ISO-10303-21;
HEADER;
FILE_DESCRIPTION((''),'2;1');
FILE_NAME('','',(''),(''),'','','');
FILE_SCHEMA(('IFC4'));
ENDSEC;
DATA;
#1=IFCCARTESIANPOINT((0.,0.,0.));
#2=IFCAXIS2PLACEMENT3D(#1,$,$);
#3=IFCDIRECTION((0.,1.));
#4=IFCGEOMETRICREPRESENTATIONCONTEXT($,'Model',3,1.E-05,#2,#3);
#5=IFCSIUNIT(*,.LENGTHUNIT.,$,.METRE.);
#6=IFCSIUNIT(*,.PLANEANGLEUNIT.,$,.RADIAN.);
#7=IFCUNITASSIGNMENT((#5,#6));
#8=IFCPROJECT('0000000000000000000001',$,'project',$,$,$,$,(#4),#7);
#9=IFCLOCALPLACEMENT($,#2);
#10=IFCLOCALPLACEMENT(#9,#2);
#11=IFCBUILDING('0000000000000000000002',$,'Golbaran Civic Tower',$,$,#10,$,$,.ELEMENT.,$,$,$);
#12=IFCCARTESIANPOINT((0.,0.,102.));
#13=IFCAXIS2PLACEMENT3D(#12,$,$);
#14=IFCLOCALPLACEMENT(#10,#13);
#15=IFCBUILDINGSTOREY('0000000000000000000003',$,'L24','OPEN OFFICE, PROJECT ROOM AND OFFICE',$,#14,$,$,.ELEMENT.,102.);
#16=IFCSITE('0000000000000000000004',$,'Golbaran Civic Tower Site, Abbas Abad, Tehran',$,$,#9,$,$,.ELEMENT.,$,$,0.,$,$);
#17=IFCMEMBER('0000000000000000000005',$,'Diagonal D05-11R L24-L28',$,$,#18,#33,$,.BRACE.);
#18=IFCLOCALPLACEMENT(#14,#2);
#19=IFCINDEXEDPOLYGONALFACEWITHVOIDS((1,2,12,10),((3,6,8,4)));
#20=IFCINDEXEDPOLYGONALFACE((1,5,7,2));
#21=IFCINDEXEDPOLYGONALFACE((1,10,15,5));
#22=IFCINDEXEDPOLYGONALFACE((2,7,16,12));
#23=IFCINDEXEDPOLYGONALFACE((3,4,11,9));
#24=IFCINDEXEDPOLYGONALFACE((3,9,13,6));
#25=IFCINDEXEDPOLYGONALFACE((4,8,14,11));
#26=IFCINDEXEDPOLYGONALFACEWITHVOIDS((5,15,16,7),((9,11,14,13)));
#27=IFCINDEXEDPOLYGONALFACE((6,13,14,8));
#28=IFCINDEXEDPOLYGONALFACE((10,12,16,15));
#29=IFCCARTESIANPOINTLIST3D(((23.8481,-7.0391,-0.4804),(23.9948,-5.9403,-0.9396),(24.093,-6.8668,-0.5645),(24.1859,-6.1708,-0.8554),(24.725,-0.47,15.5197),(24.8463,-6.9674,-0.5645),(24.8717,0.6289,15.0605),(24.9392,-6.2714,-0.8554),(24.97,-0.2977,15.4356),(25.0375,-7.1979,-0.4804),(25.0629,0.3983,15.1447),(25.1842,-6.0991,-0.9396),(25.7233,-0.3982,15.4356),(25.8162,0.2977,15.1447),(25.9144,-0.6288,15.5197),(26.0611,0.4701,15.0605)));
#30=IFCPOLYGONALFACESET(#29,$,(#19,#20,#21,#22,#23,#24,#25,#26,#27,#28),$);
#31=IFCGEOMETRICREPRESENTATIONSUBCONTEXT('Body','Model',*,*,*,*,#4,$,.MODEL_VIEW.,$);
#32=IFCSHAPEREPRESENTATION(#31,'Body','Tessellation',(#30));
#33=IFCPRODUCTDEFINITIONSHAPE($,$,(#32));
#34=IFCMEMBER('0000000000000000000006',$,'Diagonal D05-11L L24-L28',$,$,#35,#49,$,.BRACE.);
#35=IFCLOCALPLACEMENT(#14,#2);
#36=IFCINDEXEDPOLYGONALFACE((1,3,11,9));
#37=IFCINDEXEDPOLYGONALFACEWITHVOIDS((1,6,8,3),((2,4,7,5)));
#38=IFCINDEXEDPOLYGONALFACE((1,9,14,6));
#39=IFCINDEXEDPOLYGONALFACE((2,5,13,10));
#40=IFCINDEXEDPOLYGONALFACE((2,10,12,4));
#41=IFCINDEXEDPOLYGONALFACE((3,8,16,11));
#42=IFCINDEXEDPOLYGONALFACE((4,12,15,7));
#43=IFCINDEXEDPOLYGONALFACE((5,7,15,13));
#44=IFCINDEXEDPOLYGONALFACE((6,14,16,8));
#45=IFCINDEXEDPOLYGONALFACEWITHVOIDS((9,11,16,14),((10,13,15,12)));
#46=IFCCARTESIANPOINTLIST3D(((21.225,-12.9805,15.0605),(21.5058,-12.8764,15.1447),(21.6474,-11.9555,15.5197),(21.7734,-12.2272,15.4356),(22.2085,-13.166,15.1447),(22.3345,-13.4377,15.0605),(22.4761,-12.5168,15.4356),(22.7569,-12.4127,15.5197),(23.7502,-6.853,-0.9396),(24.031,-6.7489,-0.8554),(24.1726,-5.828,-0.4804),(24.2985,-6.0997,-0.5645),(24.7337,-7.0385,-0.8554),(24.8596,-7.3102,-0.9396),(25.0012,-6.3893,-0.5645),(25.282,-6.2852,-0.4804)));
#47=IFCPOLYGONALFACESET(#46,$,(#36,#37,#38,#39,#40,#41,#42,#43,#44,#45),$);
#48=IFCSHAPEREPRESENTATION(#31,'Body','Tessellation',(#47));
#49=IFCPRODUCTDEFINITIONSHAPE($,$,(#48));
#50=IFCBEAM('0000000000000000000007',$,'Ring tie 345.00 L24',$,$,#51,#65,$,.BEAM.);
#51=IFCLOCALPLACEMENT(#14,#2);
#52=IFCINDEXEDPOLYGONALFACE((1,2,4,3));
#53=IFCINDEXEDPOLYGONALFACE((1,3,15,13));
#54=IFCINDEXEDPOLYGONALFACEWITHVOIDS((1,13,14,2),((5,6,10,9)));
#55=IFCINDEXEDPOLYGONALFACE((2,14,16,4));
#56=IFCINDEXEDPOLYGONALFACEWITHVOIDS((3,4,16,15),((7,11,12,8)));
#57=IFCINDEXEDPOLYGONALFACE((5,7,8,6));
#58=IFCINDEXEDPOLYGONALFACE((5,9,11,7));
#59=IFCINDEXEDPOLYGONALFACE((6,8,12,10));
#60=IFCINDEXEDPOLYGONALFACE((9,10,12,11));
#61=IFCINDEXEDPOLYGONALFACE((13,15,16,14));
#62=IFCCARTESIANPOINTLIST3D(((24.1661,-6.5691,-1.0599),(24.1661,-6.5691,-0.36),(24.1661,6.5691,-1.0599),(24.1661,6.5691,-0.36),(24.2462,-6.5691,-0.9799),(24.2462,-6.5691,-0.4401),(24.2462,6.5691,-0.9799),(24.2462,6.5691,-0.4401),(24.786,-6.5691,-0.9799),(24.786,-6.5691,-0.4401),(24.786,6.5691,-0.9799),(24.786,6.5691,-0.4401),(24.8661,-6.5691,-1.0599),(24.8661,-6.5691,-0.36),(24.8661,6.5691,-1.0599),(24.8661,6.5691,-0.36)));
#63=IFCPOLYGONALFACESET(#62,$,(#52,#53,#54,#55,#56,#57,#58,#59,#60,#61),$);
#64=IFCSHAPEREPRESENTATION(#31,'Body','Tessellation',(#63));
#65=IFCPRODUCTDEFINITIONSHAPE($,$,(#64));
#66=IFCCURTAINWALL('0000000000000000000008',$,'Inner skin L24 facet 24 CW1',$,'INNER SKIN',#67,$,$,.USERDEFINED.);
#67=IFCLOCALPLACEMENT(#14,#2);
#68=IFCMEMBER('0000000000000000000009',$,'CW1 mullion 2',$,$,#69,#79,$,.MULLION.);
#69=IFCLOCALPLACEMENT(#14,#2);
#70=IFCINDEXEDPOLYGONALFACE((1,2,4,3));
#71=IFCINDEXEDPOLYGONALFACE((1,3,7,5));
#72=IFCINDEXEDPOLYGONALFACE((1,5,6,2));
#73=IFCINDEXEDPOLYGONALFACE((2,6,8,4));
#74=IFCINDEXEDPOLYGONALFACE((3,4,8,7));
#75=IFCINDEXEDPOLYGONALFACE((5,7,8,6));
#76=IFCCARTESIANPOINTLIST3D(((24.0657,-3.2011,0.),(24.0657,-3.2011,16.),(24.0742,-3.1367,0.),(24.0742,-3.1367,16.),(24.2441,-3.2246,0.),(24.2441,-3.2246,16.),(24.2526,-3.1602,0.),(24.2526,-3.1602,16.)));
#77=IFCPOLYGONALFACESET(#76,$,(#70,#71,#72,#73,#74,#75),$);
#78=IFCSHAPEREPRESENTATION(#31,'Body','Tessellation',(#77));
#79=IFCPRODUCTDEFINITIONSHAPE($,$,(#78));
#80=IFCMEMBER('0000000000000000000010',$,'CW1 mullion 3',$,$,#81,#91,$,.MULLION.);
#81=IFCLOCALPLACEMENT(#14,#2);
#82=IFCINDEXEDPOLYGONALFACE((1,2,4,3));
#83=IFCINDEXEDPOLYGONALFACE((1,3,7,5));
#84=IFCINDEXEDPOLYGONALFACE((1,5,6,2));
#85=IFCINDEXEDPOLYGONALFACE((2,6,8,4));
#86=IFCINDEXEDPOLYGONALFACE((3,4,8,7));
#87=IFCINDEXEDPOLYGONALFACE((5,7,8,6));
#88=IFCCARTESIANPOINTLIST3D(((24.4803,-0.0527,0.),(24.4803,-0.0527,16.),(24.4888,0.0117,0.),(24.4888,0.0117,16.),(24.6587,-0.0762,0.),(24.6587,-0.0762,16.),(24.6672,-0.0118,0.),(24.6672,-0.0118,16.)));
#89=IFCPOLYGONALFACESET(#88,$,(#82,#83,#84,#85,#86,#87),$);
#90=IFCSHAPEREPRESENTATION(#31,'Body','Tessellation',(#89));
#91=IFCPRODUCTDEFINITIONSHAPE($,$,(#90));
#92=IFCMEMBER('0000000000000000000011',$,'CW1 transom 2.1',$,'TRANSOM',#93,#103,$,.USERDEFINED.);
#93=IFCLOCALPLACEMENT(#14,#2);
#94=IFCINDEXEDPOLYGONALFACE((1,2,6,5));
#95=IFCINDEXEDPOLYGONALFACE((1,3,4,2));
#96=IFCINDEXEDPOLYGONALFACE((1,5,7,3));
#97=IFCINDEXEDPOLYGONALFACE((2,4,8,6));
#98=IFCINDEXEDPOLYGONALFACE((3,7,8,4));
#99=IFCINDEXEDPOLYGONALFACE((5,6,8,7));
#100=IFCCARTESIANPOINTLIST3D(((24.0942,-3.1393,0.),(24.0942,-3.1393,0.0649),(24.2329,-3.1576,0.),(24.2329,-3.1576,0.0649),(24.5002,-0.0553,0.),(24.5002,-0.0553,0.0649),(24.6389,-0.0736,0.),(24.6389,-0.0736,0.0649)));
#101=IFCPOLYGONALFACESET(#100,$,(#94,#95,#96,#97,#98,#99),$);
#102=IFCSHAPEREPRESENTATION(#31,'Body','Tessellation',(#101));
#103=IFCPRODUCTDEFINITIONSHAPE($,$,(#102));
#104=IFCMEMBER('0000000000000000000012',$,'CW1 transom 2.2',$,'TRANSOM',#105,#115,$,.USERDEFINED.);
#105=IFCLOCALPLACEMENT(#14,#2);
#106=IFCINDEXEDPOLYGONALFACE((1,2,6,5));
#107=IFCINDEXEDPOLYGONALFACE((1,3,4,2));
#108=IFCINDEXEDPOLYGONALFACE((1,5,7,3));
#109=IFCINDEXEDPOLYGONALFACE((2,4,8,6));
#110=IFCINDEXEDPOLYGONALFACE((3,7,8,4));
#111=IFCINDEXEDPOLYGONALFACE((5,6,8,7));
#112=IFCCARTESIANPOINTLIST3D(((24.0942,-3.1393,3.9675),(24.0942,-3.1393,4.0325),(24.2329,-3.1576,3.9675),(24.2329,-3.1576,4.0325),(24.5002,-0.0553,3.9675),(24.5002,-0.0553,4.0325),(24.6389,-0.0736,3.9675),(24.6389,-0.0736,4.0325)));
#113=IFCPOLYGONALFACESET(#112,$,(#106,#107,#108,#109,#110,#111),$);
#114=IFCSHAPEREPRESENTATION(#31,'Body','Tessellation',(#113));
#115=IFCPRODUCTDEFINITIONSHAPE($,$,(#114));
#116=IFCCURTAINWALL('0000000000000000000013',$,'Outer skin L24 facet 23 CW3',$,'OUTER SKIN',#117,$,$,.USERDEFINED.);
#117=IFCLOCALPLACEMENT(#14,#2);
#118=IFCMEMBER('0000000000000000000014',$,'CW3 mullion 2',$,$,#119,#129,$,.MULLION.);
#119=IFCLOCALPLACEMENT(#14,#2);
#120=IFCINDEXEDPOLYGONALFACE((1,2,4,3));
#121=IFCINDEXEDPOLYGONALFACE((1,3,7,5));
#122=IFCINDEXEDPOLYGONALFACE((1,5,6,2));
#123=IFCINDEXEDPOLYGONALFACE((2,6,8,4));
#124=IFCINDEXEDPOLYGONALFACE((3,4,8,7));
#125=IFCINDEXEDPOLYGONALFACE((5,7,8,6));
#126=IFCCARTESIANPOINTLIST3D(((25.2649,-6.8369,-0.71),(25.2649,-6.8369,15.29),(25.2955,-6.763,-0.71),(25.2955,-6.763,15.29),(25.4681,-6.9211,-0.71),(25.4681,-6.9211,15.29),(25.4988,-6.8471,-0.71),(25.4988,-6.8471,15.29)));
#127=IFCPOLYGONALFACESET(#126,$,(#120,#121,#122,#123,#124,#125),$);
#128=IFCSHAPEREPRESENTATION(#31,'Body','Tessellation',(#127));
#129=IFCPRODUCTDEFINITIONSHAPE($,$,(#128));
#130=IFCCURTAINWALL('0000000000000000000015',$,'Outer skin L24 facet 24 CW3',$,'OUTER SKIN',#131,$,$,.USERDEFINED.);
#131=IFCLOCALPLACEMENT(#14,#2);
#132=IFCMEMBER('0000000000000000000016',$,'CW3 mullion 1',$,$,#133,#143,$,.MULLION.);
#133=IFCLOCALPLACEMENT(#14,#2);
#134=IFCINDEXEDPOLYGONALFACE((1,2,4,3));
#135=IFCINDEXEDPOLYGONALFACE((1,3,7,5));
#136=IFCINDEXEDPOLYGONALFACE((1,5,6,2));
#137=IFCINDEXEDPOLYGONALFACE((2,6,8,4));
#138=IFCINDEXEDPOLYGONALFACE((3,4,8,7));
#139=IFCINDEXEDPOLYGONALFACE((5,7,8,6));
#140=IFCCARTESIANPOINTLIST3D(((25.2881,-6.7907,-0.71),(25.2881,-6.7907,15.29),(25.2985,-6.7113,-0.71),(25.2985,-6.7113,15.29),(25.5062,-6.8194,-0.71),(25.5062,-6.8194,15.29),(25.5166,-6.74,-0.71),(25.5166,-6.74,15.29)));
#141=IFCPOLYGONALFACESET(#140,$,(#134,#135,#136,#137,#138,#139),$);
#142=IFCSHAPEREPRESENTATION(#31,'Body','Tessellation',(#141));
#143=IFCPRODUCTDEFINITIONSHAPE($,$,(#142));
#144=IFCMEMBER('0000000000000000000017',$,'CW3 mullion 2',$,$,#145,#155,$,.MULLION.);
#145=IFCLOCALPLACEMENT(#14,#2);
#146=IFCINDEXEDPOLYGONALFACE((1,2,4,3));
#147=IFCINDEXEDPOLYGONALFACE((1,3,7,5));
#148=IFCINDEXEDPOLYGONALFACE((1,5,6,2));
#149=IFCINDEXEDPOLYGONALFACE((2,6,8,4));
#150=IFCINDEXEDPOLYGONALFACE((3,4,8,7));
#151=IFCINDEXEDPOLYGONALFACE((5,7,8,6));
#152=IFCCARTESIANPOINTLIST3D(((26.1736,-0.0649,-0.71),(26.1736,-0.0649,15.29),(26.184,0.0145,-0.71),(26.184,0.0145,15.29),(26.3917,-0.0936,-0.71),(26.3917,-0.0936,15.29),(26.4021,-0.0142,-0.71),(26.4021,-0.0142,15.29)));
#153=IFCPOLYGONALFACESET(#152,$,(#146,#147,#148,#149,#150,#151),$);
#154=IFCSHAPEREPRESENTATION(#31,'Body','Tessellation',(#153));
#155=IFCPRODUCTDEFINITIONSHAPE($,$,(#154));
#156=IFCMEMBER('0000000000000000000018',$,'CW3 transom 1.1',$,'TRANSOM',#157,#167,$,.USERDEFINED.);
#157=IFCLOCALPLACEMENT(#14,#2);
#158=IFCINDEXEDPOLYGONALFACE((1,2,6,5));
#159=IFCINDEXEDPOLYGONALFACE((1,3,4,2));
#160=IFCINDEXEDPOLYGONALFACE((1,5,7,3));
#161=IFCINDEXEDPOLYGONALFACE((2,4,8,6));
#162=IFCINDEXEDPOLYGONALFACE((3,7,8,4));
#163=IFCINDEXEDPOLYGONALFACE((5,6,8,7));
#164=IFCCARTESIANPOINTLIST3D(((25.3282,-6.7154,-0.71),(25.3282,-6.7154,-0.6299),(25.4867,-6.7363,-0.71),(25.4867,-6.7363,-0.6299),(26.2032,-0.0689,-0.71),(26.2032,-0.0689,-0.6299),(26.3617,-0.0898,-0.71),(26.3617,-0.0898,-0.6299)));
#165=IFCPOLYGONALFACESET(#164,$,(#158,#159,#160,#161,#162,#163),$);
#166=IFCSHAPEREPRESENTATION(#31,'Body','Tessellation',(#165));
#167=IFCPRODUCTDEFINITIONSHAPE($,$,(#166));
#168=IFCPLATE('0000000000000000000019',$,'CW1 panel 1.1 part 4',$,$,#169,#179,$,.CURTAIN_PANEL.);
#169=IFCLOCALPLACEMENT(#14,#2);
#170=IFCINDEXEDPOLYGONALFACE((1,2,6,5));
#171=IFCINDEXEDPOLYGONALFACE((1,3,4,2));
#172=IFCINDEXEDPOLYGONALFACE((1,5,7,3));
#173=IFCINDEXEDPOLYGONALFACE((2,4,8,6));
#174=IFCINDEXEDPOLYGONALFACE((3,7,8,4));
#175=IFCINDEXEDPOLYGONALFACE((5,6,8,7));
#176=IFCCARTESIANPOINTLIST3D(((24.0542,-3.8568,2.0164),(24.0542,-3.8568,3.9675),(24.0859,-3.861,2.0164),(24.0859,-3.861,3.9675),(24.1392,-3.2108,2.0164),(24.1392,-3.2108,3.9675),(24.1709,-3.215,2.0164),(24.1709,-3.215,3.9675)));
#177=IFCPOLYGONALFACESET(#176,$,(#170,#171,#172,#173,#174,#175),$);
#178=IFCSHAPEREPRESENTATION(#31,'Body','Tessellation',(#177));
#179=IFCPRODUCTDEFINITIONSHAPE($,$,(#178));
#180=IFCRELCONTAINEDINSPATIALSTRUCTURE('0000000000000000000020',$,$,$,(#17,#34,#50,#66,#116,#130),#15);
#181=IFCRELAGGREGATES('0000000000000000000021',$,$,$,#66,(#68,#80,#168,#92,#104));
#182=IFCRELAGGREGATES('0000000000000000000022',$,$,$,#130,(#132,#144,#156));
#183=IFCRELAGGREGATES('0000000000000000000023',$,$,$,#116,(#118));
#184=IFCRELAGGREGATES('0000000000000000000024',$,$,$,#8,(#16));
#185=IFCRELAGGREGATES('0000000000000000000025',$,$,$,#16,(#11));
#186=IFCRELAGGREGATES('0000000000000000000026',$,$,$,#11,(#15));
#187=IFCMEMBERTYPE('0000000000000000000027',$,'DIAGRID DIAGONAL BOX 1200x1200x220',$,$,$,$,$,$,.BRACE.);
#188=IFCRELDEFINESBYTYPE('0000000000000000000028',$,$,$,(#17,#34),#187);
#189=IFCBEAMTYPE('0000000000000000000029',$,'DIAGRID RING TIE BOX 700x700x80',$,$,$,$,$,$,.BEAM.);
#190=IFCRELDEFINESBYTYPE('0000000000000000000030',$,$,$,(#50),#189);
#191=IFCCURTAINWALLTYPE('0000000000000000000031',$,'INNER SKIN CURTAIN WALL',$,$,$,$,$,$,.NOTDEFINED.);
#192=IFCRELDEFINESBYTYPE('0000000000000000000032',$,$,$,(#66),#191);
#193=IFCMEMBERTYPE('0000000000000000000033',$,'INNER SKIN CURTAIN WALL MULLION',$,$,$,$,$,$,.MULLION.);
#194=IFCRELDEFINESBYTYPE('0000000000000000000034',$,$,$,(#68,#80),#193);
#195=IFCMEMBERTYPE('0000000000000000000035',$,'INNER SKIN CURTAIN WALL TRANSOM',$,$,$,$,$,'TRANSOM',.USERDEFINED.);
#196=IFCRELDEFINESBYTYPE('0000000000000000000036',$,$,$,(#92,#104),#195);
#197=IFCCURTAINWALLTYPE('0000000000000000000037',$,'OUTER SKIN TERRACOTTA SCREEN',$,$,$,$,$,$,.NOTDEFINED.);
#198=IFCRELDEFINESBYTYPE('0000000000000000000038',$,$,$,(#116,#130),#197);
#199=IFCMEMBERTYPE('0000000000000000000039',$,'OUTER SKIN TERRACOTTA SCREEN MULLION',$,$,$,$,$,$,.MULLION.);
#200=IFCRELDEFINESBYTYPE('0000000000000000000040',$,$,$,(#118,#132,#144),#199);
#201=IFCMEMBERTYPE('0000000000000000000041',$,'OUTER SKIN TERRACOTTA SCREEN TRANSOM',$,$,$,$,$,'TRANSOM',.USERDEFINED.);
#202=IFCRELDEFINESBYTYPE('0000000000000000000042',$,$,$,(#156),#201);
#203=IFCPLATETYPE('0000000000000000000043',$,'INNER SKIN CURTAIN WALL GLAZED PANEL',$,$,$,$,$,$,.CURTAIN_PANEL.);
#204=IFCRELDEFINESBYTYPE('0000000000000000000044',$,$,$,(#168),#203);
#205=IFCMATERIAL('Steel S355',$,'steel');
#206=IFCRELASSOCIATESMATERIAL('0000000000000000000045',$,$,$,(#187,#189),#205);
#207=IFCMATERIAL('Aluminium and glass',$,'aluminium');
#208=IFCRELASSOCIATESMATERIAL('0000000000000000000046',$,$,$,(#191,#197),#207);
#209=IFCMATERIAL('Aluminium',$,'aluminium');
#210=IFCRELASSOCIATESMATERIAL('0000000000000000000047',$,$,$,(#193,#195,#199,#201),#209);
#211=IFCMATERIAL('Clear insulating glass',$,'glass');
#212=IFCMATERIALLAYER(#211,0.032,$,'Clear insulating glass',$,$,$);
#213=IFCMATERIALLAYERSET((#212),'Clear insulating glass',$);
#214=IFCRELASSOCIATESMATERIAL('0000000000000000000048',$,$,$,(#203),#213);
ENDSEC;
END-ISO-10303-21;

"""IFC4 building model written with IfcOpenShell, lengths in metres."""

from ifc_helpers import new_model, si_unit, direction, frame, origin, origin_2d, place, context, subcontext, project, spatial, rectangle, hollow_rectangle, extrude, material, layer, layer_set, material_profile, profile_set, type_object, element, aggregate, save


model = new_model("IFC4")

# Units and contexts
model_context = context("Model", 3, precision=1e-05, world=origin(), true_north=direction((0.0, 1.0)))
body_context = subcontext(model_context, "Body", "Model", "MODEL_VIEW")
ifc_project = project(units=[si_unit("LENGTHUNIT", "METRE"), si_unit("PLANEANGLEUNIT", "RADIAN")], contexts=[model_context])

# Site, building, storey
site_placement = place(None, origin())
site = spatial("IfcSite", under=ifc_project, at=site_placement, Name="Golbaran Civic Tower Site, Abbas Abad, Tehran", CompositionType="ELEMENT", RefElevation=0.0)
building_placement = place(site_placement, origin())
building = spatial("IfcBuilding", under=site, at=building_placement, Name="Golbaran Civic Tower", CompositionType="ELEMENT")
storey_placement = place(building_placement, frame((0.0, 0.0, 102.0)))
storey = spatial("IfcBuildingStorey", under=building, at=storey_placement, Name="L24", Description="OPEN OFFICE, PROJECT ROOM AND OFFICE", CompositionType="ELEMENT", Elevation=102.0)

# Members
ifc_material_1 = material(Name="Steel S355", Category="steel")
ifc_material_profile_1 = material_profile(ifc_material_1, hollow_rectangle(XDim=1.2, YDim=1.2, WallThickness=0.22, at=origin_2d()), Name="BOX 1200x1200x220")
ifc_profile_set_1 = profile_set([ifc_material_profile_1], Name="Steel S355")
member_type_1 = type_object("IfcMemberType", Name="DIAGRID DIAGONAL BOX 1200x1200x220", PredefinedType="BRACE", material=ifc_profile_set_1)
for number, where, z_axis, x_axis, name in (
    (1, (24.5161, -6.5691, -0.71), (0.050637, 0.379316, 0.923881), (-0.991207, 0.132323, 0.0), "Diagonal D05-11R L24-L28"),
    (2, (24.5161, -6.5691, -0.71), (-0.145808, -0.353814, 0.923881), (0.924567, -0.381018, 0.0), "Diagonal D05-11L L24-L28"),
):
    element("IfcMember", number, at=place(storey_placement, frame(where, z_axis=z_axis, x_axis=x_axis)), inside=storey, type_object=member_type_1, Name=name, PredefinedType="BRACE", context=body_context, shape_type="SweptSolid", body=[
        extrude(hollow_rectangle(XDim=1.2, YDim=1.2, WallThickness=0.22, at=origin_2d()), origin(), (0.0, 0.0, 1.0), 17.3184),
    ])

# Beam
ifc_material_profile_2 = material_profile(ifc_material_1, hollow_rectangle(XDim=0.7, YDim=0.7, WallThickness=0.0801, at=origin_2d()), Name="BOX 700x700x80")
ifc_profile_set_2 = profile_set([ifc_material_profile_2], Name="Steel S355")
beam_type = type_object("IfcBeamType", Name="DIAGRID RING TIE BOX 700x700x80", PredefinedType="BEAM", material=ifc_profile_set_2)
beam_placement = place(storey_placement, frame((24.5161, -6.5691, -0.71), z_axis=(0.0, 1.0, 0.0), x_axis=(-1.0, 0.0, 0.0)))
element("IfcBeam", 3, at=beam_placement, inside=storey, type_object=beam_type, Name="Ring tie 345.00 L24", PredefinedType="BEAM", context=body_context, shape_type="SweptSolid", body=[
    extrude(hollow_rectangle(XDim=0.7, YDim=0.7, WallThickness=0.0801, at=origin_2d()), origin(), (0.0, 0.0, 1.0), 13.1382),
])

# Curtain wall, members
ifc_material_2 = material(Name="Aluminium and glass", Category="aluminium")
curtain_wall_type_1 = type_object("IfcCurtainWallType", Name="INNER SKIN CURTAIN WALL", PredefinedType="NOTDEFINED", material=ifc_material_2)
curtain_wall_1_placement = place(storey_placement, origin())
curtain_wall_1 = element("IfcCurtainWall", 4, at=curtain_wall_1_placement, inside=storey, type_object=curtain_wall_type_1, Name="Inner skin L24 facet 24 CW1", ObjectType="INNER SKIN", PredefinedType="USERDEFINED")
ifc_material_3 = material(Name="Aluminium", Category="aluminium")
ifc_material_profile_3 = material_profile(ifc_material_3, rectangle(XDim=0.1799, YDim=0.0649, at=origin_2d()), Name="INNER SKIN CURTAIN WALL MULLION")
ifc_profile_set_3 = profile_set([ifc_material_profile_3], Name="Aluminium")
member_type_2 = type_object("IfcMemberType", Name="INNER SKIN CURTAIN WALL MULLION", PredefinedType="MULLION", material=ifc_profile_set_3)
member_1_placement = place(storey_placement, frame((24.1592, -3.1807, 0.0), z_axis=(0.0, 0.0, 1.0), x_axis=(-0.991445, 0.130526, 0.0)))
member_1 = element("IfcMember", 5, at=member_1_placement, type_object=member_type_2, Name="CW1 mullion 2", PredefinedType="MULLION", context=body_context, shape_type="SweptSolid", body=[
    extrude(rectangle(XDim=0.1799, YDim=0.0649, at=origin_2d()), origin(), (0.0, 0.0, 1.0), 16.0),
])
member_2_placement = place(storey_placement, frame((24.5737, -0.0322, 0.0), z_axis=(0.0, 0.0, 1.0), x_axis=(-0.991445, 0.130526, 0.0)))
member_2 = element("IfcMember", 6, at=member_2_placement, type_object=member_type_2, Name="CW1 mullion 3", PredefinedType="MULLION", context=body_context, shape_type="SweptSolid", body=[
    extrude(rectangle(XDim=0.1799, YDim=0.0649, at=origin_2d()), origin(), (0.0, 0.0, 1.0), 16.0),
])
ifc_material_profile_4 = material_profile(ifc_material_3, rectangle(XDim=0.1399, YDim=0.0649, at=origin_2d()), Name="INNER SKIN CURTAIN WALL TRANSOM")
ifc_profile_set_4 = profile_set([ifc_material_profile_4], Name="Aluminium")
member_type_3 = type_object("IfcMemberType", Name="INNER SKIN CURTAIN WALL TRANSOM", ElementType="TRANSOM", PredefinedType="USERDEFINED", material=ifc_profile_set_4)
member_3_placement = place(storey_placement, frame((24.1636, -3.1484, 0.0325), z_axis=(0.130524, 0.991445, 0.0), x_axis=(-0.991445, 0.130524, 0.0)))
member_3 = element("IfcMember", 7, at=member_3_placement, type_object=member_type_3, Name="CW1 transom 2.1", ObjectType="TRANSOM", PredefinedType="USERDEFINED", context=body_context, shape_type="SweptSolid", body=[
    extrude(rectangle(XDim=0.1399, YDim=0.0649, at=origin_2d()), origin(), (0.0, 0.0, 1.0), 3.1106),
])
member_4_placement = place(storey_placement, frame((24.1636, -3.1484, 4.0), z_axis=(0.130524, 0.991445, 0.0), x_axis=(-0.991445, 0.130524, 0.0)))
member_4 = element("IfcMember", 8, at=member_4_placement, type_object=member_type_3, Name="CW1 transom 2.2", ObjectType="TRANSOM", PredefinedType="USERDEFINED", context=body_context, shape_type="SweptSolid", body=[
    extrude(rectangle(XDim=0.1399, YDim=0.0649, at=origin_2d()), origin(), (0.0, 0.0, 1.0), 3.1106),
])

# Curtain wall, member
curtain_wall_type_2 = type_object("IfcCurtainWallType", Name="OUTER SKIN TERRACOTTA SCREEN", PredefinedType="NOTDEFINED", material=ifc_material_2)
curtain_wall_2_placement = place(storey_placement, origin())
curtain_wall_2 = element("IfcCurtainWall", 9, at=curtain_wall_2_placement, inside=storey, type_object=curtain_wall_type_2, Name="Outer skin L24 facet 23 CW3", ObjectType="OUTER SKIN", PredefinedType="USERDEFINED")
ifc_material_profile_5 = material_profile(ifc_material_3, rectangle(XDim=0.22, YDim=0.0801, at=origin_2d()), Name="OUTER SKIN TERRACOTTA SCREEN MULLION")
ifc_profile_set_5 = profile_set([ifc_material_profile_5], Name="Aluminium")
member_type_4 = type_object("IfcMemberType", Name="OUTER SKIN TERRACOTTA SCREEN MULLION", PredefinedType="MULLION", material=ifc_profile_set_5)
member_5_placement = place(storey_placement, frame((25.3818, -6.842, -0.71), z_axis=(0.0, 0.0, 1.0), x_axis=(-0.92388, 0.382683, 0.0)))
member_5 = element("IfcMember", 10, at=member_5_placement, type_object=member_type_4, Name="CW3 mullion 2", PredefinedType="MULLION", context=body_context, shape_type="SweptSolid", body=[
    extrude(rectangle(XDim=0.22, YDim=0.0801, at=origin_2d()), origin(), (0.0, 0.0, 1.0), 16.0),
])

# Curtain wall, members
curtain_wall_3_placement = place(storey_placement, origin())
curtain_wall_3 = element("IfcCurtainWall", 11, at=curtain_wall_3_placement, inside=storey, type_object=curtain_wall_type_2, Name="Outer skin L24 facet 24 CW3", ObjectType="OUTER SKIN", PredefinedType="USERDEFINED")
member_6_placement = place(storey_placement, frame((25.4023, -6.7654, -0.71), z_axis=(0.0, 0.0, 1.0), x_axis=(-0.991445, 0.130526, 0.0)))
member_6 = element("IfcMember", 12, at=member_6_placement, type_object=member_type_4, Name="CW3 mullion 1", PredefinedType="MULLION", context=body_context, shape_type="SweptSolid", body=[
    extrude(rectangle(XDim=0.22, YDim=0.0801, at=origin_2d()), origin(), (0.0, 0.0, 1.0), 16.0),
])
member_7_placement = place(storey_placement, frame((26.2878, -0.0396, -0.71), z_axis=(0.0, 0.0, 1.0), x_axis=(-0.991445, 0.130526, 0.0)))
member_7 = element("IfcMember", 13, at=member_7_placement, type_object=member_type_4, Name="CW3 mullion 2", PredefinedType="MULLION", context=body_context, shape_type="SweptSolid", body=[
    extrude(rectangle(XDim=0.22, YDim=0.0801, at=origin_2d()), origin(), (0.0, 0.0, 1.0), 16.0),
])
ifc_material_profile_6 = material_profile(ifc_material_3, rectangle(XDim=0.1599, YDim=0.0801, at=origin_2d()), Name="OUTER SKIN TERRACOTTA SCREEN TRANSOM")
ifc_profile_set_6 = profile_set([ifc_material_profile_6], Name="Aluminium")
member_type_5 = type_object("IfcMemberType", Name="OUTER SKIN TERRACOTTA SCREEN TRANSOM", ElementType="TRANSOM", PredefinedType="USERDEFINED", material=ifc_profile_set_6)
member_8_placement = place(storey_placement, frame((25.4075, -6.7258, -0.6699), z_axis=(0.130522, 0.991445, 0.0), x_axis=(-0.991445, 0.130522, 0.0)))
member_8 = element("IfcMember", 14, at=member_8_placement, type_object=member_type_5, Name="CW3 transom 1.1", ObjectType="TRANSOM", PredefinedType="USERDEFINED", context=body_context, shape_type="SweptSolid", body=[
    extrude(rectangle(XDim=0.1599, YDim=0.0801, at=origin_2d()), origin(), (0.0, 0.0, 1.0), 6.7039),
])

# Plate
ifc_material_4 = material(Name="Clear insulating glass", Category="glass")
ifc_layer_1 = layer(ifc_material_4, 0.032, Name="Clear insulating glass")
ifc_layer_set_1 = layer_set([ifc_layer_1], Name="Clear insulating glass")
plate_type_1 = type_object("IfcPlateType", Name="INNER SKIN CURTAIN WALL GLAZED PANEL", PredefinedType="CURTAIN_PANEL", material=ifc_layer_set_1)
plate_1_placement = place(storey_placement, frame((24.1125, -3.5359, 2.0164), z_axis=(0.0, 0.0, 1.0), x_axis=(0.130526, 0.991445, 0.0)))
plate_1 = element("IfcPlate", 15, at=plate_1_placement, type_object=plate_type_1, Name="CW1 panel 1.1 part 4", PredefinedType="CURTAIN_PANEL", context=body_context, shape_type="SweptSolid", body=[
    extrude(rectangle(XDim=0.6516, YDim=0.032, at=origin_2d()), origin(), (0.0, 0.0, 1.0), 1.9512),
])
aggregate(curtain_wall_1, [member_1, member_2, plate_1, member_3, member_4])
aggregate(curtain_wall_3, [member_6, member_7, member_8])
aggregate(curtain_wall_2, [member_5])

save(model, "model.ifc")
